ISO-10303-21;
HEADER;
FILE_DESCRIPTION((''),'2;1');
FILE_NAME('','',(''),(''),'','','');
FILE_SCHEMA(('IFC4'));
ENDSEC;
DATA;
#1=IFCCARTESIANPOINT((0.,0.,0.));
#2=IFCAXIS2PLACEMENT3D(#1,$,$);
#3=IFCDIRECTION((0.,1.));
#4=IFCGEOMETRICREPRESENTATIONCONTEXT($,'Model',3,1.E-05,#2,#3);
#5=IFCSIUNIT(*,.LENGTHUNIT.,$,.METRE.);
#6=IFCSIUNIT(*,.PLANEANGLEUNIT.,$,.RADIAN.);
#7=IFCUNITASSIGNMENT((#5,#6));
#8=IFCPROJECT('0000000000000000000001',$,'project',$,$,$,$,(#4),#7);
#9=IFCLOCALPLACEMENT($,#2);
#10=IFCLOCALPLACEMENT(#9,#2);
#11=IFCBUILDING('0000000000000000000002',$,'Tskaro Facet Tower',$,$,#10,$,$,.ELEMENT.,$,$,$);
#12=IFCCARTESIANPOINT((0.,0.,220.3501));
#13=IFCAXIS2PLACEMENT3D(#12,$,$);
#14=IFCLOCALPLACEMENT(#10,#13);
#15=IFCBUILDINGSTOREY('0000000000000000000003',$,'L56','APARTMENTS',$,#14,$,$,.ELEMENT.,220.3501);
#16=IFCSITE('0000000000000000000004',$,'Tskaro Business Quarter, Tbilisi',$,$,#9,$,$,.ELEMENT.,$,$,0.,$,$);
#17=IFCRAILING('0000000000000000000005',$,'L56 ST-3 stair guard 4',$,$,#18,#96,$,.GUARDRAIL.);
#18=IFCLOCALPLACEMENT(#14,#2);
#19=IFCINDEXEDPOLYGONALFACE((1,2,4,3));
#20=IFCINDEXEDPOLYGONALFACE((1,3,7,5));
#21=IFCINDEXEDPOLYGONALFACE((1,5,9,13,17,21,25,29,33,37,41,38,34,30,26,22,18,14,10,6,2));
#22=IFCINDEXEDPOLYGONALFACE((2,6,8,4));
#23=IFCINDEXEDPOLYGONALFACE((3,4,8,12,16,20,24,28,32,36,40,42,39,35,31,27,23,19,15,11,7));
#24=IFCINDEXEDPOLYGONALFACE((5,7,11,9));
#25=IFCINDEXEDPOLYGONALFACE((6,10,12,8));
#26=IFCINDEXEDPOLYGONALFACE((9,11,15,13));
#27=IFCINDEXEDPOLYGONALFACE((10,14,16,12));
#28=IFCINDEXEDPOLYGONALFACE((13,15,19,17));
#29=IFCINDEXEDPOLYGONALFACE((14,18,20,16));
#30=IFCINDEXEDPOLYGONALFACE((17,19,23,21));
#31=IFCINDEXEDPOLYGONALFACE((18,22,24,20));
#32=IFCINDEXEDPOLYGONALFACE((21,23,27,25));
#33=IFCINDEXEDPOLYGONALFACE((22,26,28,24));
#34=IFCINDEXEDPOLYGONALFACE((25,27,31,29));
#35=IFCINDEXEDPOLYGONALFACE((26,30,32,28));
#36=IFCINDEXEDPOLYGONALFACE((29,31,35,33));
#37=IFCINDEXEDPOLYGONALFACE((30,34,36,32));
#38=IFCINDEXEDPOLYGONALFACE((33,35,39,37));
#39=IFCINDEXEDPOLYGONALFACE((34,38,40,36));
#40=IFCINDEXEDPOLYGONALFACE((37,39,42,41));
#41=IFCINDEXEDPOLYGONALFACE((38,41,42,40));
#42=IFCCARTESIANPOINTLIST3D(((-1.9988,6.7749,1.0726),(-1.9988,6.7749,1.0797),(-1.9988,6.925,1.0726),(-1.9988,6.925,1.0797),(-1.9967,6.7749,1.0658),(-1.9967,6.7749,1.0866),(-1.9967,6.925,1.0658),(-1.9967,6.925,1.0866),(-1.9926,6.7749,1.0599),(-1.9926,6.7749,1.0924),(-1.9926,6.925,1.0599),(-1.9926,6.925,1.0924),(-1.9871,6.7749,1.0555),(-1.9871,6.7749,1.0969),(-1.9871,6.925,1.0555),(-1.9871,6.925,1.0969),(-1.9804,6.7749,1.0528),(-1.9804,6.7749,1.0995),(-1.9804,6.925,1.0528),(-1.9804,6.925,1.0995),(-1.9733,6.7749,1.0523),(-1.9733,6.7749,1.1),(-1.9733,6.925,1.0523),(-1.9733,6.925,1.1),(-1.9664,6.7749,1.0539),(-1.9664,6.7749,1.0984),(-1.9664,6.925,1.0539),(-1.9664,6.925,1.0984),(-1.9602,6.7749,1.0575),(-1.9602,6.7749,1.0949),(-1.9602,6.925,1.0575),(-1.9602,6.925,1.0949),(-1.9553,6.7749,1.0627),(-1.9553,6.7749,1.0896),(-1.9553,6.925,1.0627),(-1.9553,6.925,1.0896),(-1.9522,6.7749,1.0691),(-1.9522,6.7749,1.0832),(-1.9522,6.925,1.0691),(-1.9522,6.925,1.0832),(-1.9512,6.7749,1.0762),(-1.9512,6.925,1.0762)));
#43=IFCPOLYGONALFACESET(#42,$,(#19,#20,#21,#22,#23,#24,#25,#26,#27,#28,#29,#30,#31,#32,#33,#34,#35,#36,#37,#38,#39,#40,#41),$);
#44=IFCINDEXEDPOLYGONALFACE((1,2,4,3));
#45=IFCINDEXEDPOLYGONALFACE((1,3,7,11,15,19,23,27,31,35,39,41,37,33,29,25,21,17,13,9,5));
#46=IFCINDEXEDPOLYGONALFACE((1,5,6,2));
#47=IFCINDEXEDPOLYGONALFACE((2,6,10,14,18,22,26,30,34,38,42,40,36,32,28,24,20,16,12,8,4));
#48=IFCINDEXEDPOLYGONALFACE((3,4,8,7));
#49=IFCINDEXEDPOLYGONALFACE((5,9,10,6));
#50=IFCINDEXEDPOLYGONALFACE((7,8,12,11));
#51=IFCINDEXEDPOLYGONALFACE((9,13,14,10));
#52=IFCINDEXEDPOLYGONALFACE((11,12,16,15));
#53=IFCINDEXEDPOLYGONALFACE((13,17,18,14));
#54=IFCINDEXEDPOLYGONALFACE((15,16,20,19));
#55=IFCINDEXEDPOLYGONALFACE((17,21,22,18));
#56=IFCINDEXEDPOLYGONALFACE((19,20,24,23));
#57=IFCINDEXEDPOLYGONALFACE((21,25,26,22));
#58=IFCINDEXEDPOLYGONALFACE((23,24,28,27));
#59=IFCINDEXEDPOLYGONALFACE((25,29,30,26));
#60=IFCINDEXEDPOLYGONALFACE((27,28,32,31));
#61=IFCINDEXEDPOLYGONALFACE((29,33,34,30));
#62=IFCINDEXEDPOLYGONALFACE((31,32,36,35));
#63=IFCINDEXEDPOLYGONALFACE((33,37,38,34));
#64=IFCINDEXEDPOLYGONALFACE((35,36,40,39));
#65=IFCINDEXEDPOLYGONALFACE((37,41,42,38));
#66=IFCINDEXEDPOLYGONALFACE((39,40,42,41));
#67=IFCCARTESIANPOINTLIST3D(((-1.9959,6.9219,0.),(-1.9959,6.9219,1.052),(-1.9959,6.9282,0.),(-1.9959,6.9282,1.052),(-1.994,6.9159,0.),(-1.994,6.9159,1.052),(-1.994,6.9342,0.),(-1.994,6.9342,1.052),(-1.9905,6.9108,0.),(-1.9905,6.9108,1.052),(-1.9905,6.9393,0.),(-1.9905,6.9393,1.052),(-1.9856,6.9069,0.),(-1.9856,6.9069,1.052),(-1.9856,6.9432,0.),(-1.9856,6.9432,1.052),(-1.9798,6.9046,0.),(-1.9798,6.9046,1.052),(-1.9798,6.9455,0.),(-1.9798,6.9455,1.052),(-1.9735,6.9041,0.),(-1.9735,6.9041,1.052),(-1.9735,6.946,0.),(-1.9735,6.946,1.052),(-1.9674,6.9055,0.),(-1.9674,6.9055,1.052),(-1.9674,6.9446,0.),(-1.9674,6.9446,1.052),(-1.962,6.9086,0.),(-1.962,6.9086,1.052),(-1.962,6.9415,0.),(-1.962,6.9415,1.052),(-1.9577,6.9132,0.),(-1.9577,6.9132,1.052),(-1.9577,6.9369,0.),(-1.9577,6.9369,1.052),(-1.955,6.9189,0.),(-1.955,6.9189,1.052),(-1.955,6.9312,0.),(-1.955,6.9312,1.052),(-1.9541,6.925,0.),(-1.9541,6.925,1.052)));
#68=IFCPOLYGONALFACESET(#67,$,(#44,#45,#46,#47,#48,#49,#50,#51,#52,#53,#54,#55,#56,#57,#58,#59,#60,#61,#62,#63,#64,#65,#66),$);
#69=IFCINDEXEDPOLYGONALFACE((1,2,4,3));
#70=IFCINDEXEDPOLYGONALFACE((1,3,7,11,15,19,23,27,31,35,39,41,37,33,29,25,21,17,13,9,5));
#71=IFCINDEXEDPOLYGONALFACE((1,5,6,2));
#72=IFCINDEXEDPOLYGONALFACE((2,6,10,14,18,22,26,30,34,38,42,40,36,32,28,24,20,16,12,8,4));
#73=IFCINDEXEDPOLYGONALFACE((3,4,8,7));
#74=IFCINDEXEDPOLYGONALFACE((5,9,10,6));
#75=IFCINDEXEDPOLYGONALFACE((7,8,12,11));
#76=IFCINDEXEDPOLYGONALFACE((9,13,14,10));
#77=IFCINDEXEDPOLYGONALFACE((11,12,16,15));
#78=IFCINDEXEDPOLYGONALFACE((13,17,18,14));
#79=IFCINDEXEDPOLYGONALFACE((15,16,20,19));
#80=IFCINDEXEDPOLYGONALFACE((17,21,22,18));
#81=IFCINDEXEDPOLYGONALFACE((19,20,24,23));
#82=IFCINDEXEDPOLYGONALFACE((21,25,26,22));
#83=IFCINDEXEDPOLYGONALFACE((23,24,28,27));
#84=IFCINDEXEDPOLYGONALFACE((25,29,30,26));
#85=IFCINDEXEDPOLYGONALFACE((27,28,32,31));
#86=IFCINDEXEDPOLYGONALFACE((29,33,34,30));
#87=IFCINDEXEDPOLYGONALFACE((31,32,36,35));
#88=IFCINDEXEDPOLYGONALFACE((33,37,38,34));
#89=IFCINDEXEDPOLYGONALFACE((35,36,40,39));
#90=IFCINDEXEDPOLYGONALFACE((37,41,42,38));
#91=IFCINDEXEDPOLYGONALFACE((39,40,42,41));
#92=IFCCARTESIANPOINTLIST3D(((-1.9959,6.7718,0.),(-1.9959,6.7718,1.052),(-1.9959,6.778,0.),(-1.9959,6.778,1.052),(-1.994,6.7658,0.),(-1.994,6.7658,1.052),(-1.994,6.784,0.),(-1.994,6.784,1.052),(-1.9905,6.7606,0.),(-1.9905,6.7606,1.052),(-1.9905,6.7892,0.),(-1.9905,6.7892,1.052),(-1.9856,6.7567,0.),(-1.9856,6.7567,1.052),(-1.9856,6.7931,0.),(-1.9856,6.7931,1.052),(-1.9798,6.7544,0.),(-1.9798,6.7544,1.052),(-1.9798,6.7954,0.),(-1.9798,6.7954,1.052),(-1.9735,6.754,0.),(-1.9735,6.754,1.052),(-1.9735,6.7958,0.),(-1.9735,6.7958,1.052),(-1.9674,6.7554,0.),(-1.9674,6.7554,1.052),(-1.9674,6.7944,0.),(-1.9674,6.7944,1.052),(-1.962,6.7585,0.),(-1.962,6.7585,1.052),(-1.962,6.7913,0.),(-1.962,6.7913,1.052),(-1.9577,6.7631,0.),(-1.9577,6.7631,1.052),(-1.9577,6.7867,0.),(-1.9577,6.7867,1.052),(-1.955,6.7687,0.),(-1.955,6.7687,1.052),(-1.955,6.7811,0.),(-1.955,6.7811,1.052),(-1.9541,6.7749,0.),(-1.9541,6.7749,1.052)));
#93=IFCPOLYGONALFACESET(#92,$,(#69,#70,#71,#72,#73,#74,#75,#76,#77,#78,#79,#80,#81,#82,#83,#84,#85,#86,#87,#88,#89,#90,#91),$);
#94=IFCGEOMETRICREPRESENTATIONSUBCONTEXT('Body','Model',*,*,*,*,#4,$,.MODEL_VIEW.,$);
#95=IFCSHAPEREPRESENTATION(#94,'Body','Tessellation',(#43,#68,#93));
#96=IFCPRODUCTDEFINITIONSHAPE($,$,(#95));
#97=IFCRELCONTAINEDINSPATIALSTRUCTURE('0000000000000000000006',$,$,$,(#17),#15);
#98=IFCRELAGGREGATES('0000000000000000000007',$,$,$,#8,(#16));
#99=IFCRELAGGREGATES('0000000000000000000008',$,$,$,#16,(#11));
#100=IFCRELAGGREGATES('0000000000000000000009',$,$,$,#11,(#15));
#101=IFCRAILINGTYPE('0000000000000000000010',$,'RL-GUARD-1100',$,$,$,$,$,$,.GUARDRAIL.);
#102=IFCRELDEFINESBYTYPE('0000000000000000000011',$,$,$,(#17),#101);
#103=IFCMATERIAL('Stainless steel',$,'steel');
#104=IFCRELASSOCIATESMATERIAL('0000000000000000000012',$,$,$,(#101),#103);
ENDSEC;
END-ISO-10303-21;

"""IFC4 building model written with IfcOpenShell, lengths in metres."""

from ifc_helpers import new_model, si_unit, direction, frame, origin, origin_2d, place, context, subcontext, project, spatial, circle, extrude, material, type_object, element, save


model = new_model("IFC4")

# Units and contexts
model_context = context("Model", 3, precision=1e-05, world=origin(), true_north=direction((0.0, 1.0)))
body_context = subcontext(model_context, "Body", "Model", "MODEL_VIEW")
ifc_project = project(units=[si_unit("LENGTHUNIT", "METRE"), si_unit("PLANEANGLEUNIT", "RADIAN")], contexts=[model_context])

# Site, building, storey
site_placement = place(None, origin())
site = spatial("IfcSite", under=ifc_project, at=site_placement, Name="Tskaro Business Quarter, Tbilisi", CompositionType="ELEMENT", RefElevation=0.0)
building_placement = place(site_placement, origin())
building = spatial("IfcBuilding", under=site, at=building_placement, Name="Tskaro Facet Tower", CompositionType="ELEMENT")
storey_placement = place(building_placement, frame((0.0, 0.0, 220.3501)))
storey = spatial("IfcBuildingStorey", under=building, at=storey_placement, Name="L56", Description="APARTMENTS", CompositionType="ELEMENT", Elevation=220.3501)

# Railing
ifc_material_1 = material(Name="Stainless steel", Category="steel")
railing_type_1 = type_object("IfcRailingType", Name="RL-GUARD-1100", PredefinedType="GUARDRAIL", material=ifc_material_1)
railing_1_placement = place(storey_placement, frame((-1.9751, 6.925, 0.0)))
element("IfcRailing", 1, at=railing_1_placement, inside=storey, type_object=railing_type_1, Name="L56 ST-3 stair guard 4", PredefinedType="GUARDRAIL", context=body_context, shape_type="SweptSolid", body=[
    extrude(circle(Radius=0.0239, at=origin_2d()), frame((0.0, 0.0, 1.0762), z_axis=(0.0, -1.0, 0.0), x_axis=(1.0, 0.0, 0.0)), (0.0, 0.0, 1.0), 0.1501),
    extrude(circle(Radius=0.021, at=origin_2d()), origin(), (0.0, 0.0, 1.0), 1.052),
    extrude(circle(Radius=0.021, at=origin_2d()), frame((0.0, -0.1501, 0.0)), (0.0, 0.0, 1.0), 1.052),
])

save(model, "model.ifc")
